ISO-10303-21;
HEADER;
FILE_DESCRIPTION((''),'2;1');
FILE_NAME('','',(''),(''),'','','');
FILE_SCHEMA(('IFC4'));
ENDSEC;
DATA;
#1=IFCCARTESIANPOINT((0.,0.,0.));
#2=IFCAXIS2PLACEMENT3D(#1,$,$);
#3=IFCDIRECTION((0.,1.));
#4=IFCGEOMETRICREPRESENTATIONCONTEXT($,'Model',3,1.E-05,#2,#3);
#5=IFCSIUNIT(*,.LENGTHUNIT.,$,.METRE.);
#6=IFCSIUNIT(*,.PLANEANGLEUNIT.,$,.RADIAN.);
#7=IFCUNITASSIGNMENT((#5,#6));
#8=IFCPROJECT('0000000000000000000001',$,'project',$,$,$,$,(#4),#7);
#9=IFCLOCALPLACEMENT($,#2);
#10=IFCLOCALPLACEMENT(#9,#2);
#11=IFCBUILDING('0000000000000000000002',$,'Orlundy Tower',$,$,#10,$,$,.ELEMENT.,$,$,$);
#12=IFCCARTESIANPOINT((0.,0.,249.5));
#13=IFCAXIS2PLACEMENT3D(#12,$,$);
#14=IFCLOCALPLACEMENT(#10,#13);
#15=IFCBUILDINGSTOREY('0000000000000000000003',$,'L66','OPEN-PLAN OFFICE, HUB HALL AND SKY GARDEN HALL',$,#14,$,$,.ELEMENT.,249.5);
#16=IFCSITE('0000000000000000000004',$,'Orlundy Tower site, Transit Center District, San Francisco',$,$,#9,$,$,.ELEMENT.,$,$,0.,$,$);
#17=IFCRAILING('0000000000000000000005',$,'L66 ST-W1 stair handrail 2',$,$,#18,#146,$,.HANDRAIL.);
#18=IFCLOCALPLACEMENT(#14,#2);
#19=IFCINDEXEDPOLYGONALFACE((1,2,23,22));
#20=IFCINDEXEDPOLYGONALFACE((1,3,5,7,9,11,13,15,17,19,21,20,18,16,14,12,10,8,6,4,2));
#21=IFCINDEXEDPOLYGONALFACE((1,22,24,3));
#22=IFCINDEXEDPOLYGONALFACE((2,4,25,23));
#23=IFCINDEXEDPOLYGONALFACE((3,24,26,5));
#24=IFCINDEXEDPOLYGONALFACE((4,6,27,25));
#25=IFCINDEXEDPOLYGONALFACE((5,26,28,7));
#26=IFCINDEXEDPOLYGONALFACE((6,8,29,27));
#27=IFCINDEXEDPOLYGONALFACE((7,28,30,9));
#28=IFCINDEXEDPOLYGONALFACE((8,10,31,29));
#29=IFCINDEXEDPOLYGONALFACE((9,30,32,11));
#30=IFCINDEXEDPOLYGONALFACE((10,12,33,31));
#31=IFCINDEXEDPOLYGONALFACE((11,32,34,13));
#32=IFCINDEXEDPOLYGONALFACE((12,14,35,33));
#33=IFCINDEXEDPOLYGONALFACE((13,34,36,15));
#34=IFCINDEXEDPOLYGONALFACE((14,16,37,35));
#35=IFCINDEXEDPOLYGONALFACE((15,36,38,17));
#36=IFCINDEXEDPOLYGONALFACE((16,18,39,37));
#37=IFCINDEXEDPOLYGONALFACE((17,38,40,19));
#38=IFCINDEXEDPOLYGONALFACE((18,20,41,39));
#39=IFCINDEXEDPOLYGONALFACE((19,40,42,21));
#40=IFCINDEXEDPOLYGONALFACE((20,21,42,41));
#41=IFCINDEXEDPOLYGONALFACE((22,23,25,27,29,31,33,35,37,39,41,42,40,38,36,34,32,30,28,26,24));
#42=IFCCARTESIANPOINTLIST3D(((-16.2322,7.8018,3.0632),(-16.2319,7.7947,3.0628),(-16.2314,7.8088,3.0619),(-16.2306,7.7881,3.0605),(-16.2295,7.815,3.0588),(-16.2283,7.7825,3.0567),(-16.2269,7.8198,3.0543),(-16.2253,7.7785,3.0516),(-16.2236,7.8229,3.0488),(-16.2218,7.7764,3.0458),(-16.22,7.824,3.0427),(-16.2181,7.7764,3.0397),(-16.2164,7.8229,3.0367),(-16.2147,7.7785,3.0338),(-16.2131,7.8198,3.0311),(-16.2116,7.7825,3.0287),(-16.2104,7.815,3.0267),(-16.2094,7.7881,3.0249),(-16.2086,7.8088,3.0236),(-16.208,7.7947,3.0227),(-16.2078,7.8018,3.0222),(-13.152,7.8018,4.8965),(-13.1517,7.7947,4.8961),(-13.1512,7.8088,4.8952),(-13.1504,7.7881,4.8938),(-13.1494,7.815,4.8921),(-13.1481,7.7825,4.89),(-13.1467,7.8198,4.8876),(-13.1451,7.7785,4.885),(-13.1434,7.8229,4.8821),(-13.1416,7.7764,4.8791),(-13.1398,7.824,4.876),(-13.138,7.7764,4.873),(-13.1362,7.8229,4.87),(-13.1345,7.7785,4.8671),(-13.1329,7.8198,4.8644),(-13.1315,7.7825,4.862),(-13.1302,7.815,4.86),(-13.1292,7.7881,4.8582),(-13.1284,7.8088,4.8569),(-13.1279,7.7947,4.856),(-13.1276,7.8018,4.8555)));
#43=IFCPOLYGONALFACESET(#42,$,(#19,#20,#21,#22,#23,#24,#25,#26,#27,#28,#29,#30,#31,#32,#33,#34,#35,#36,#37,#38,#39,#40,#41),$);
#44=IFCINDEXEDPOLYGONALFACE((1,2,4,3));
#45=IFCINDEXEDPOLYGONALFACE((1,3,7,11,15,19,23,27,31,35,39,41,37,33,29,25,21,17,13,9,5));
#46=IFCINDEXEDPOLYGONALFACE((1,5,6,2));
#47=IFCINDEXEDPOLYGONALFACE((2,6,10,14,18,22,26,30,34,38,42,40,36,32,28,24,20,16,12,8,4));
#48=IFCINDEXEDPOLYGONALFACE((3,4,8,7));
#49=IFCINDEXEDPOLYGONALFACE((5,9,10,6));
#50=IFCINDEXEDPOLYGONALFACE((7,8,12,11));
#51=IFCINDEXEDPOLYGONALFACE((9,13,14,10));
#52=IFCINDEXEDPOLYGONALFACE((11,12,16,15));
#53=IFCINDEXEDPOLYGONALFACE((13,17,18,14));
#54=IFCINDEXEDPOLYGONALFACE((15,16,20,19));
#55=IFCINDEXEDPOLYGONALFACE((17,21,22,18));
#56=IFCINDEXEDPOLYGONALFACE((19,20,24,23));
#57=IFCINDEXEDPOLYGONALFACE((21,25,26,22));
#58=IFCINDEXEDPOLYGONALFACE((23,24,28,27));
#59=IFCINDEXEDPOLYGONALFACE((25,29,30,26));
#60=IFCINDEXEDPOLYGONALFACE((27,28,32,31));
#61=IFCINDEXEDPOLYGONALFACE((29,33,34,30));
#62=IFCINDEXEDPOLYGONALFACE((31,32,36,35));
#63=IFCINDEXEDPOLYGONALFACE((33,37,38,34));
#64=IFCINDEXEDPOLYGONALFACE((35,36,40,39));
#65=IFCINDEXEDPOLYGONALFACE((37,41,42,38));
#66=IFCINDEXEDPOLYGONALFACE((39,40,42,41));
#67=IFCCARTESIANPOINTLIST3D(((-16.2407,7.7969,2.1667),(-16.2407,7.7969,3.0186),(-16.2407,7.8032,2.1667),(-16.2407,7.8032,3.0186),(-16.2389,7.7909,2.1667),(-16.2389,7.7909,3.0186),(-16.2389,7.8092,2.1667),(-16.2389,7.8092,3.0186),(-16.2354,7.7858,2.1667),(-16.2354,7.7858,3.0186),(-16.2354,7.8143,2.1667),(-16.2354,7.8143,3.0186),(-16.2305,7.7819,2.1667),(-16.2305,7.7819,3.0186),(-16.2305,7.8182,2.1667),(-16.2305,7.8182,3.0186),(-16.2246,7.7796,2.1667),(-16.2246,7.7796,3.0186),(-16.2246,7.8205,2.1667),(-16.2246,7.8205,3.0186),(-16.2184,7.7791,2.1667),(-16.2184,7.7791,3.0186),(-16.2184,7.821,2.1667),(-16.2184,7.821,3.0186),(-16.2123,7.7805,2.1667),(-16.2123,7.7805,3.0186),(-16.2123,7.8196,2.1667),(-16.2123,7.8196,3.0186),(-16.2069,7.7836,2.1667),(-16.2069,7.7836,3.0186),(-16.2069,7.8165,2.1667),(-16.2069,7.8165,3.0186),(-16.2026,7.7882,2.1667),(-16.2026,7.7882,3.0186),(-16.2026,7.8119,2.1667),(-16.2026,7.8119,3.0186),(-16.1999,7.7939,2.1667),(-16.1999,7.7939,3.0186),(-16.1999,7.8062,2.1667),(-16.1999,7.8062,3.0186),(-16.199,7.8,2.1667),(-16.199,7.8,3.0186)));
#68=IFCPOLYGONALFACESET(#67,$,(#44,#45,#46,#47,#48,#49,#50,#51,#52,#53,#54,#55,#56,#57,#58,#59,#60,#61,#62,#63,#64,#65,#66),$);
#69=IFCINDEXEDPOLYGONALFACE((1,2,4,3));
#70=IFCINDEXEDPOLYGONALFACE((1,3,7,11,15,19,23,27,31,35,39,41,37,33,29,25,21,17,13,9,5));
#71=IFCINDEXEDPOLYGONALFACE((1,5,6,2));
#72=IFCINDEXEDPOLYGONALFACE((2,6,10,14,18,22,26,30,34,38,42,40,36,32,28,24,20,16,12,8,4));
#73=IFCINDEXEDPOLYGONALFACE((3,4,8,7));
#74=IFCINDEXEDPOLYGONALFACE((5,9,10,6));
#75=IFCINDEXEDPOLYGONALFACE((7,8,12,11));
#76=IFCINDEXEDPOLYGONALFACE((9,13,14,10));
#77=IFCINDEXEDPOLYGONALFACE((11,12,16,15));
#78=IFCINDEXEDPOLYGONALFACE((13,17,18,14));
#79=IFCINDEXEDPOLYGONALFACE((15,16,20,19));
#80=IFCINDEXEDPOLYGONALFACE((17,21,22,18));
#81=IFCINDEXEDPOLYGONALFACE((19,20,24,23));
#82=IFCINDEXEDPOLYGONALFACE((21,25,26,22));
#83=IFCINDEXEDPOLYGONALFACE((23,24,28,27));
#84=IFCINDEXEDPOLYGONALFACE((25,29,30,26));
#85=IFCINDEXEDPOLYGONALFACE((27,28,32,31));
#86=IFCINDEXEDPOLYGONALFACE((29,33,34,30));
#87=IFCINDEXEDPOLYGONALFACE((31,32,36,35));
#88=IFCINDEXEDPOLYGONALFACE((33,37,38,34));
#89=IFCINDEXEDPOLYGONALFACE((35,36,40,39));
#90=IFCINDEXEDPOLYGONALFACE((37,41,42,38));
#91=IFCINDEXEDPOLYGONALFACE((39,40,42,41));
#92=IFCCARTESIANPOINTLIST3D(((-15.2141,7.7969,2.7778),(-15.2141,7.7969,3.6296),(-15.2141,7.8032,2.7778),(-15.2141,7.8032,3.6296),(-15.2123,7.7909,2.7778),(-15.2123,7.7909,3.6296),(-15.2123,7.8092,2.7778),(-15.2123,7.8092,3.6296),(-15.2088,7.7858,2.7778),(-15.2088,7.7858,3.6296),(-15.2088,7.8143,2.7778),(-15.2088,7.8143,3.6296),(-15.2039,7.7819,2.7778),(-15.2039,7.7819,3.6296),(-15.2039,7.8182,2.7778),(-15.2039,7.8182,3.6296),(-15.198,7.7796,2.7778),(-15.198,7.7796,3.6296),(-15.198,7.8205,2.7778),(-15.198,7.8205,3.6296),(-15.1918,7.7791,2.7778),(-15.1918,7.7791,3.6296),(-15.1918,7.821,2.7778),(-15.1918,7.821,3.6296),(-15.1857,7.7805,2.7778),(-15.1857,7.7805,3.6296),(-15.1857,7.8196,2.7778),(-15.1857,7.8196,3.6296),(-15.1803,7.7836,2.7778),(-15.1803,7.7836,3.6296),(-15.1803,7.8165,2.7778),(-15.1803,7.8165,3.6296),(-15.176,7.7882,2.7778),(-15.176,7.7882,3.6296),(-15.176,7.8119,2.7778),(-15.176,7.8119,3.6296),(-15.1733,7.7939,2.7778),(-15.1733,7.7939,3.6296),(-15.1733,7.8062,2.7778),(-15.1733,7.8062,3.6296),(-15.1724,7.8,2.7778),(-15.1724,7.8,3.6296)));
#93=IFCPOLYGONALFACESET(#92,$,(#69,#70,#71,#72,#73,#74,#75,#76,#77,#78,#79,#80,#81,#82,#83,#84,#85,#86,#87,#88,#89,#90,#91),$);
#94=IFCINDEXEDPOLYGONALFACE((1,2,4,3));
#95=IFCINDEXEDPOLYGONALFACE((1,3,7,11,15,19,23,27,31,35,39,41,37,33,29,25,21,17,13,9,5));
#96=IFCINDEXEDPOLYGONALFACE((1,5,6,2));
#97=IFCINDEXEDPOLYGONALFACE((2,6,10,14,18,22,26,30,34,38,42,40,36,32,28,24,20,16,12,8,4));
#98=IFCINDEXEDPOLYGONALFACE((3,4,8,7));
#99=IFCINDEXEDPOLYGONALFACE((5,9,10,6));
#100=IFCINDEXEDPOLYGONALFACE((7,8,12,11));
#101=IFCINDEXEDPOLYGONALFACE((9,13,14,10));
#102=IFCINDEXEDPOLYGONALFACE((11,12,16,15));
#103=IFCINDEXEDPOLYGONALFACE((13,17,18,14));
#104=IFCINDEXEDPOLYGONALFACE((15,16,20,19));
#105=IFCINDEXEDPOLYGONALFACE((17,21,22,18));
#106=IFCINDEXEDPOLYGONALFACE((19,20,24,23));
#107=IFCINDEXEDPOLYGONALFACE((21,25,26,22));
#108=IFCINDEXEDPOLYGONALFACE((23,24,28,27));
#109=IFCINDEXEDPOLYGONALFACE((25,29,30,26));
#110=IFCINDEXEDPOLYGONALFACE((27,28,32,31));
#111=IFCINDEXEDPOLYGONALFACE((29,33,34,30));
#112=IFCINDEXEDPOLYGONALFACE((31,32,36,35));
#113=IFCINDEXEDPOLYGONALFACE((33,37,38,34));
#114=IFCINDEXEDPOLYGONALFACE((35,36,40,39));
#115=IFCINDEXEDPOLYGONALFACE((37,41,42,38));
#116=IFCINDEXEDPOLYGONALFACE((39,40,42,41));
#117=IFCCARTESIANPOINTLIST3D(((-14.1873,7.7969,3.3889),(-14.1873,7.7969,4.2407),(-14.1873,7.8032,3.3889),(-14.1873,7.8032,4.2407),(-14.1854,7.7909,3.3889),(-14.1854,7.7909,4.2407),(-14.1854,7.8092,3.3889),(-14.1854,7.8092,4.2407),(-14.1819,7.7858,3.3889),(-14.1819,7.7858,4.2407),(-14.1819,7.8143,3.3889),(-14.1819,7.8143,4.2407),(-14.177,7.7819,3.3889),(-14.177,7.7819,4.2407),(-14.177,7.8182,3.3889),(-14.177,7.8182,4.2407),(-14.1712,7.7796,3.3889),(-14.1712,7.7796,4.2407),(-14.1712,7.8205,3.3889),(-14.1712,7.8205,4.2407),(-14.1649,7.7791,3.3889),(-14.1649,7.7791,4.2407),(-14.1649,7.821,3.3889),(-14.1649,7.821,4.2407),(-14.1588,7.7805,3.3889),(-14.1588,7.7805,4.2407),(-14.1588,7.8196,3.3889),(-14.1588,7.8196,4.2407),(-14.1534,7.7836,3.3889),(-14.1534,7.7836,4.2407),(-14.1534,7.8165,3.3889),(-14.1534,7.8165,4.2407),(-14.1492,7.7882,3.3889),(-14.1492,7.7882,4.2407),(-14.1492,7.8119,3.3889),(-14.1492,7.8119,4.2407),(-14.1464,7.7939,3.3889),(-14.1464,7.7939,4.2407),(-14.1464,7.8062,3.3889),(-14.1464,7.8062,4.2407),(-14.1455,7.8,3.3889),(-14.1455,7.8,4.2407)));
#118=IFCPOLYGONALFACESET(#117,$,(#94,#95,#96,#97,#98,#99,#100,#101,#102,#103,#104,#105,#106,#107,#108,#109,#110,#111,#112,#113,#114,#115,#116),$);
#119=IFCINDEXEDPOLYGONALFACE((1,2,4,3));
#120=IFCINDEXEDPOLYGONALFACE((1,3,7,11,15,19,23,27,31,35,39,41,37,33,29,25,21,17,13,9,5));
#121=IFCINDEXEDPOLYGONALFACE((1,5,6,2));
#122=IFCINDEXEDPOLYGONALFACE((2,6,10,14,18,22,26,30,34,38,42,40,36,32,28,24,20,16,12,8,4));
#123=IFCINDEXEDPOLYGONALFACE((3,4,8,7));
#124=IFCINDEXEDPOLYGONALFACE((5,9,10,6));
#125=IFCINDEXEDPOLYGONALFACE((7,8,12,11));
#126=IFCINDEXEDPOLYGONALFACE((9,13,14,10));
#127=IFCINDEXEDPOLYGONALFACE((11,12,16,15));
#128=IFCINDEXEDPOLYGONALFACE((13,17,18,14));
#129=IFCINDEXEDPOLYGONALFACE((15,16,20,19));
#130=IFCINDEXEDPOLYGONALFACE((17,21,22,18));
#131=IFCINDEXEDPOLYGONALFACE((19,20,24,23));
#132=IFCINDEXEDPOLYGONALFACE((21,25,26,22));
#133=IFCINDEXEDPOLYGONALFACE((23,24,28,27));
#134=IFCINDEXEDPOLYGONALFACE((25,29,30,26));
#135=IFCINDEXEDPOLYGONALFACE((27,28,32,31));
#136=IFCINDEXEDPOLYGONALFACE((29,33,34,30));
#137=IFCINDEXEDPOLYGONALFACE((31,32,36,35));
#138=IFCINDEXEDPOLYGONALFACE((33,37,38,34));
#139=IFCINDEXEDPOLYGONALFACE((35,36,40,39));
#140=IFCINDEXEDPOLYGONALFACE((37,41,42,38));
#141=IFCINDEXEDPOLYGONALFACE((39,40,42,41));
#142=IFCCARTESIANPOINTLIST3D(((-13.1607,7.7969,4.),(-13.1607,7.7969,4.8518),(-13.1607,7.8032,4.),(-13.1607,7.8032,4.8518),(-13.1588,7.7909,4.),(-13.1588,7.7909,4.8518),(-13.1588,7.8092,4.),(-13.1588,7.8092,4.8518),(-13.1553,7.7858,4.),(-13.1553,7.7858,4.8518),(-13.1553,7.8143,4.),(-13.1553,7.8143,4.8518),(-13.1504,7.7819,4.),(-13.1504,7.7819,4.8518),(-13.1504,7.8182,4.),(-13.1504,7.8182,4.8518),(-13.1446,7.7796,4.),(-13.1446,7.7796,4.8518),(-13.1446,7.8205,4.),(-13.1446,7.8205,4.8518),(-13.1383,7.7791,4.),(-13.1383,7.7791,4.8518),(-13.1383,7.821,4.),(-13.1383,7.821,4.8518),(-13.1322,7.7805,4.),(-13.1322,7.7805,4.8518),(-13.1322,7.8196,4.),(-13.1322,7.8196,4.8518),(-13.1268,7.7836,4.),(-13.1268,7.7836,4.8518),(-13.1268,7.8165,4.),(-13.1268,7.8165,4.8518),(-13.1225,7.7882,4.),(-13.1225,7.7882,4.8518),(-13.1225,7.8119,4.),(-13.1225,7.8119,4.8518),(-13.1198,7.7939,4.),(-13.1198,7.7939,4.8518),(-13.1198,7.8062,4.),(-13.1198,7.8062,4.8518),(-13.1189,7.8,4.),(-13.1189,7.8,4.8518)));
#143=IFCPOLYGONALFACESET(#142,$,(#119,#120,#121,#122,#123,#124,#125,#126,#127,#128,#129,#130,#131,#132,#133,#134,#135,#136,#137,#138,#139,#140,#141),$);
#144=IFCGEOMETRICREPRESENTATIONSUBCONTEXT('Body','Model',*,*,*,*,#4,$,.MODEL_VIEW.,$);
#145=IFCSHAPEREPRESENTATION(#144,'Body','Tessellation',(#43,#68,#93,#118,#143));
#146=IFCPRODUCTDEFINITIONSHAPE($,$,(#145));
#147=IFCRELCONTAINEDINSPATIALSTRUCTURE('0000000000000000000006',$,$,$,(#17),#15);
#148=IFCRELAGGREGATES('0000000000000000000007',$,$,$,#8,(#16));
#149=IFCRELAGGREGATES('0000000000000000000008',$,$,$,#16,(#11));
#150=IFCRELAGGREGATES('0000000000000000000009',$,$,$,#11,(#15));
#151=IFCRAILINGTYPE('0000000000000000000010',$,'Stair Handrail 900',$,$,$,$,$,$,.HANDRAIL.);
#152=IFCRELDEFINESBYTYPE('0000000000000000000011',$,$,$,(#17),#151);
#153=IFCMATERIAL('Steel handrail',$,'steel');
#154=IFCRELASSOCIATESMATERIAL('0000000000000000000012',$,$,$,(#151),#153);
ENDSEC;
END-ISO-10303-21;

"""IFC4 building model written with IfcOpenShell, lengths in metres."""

from ifc_helpers import new_model, si_unit, direction, frame, origin, origin_2d, place, context, subcontext, project, spatial, circle, extrude, material, type_object, element, save


model = new_model("IFC4")

# Units and contexts
model_context = context("Model", 3, precision=1e-05, world=origin(), true_north=direction((0.0, 1.0)))
body_context = subcontext(model_context, "Body", "Model", "MODEL_VIEW")
ifc_project = project(units=[si_unit("LENGTHUNIT", "METRE"), si_unit("PLANEANGLEUNIT", "RADIAN")], contexts=[model_context])

# Site, building, storey
site_placement = place(None, origin())
site = spatial("IfcSite", under=ifc_project, at=site_placement, Name="Orlundy Tower site, Transit Center District, San Francisco", CompositionType="ELEMENT", RefElevation=0.0)
building_placement = place(site_placement, origin())
building = spatial("IfcBuilding", under=site, at=building_placement, Name="Orlundy Tower", CompositionType="ELEMENT")
storey_placement = place(building_placement, frame((0.0, 0.0, 249.5)))
storey = spatial("IfcBuildingStorey", under=building, at=storey_placement, Name="L66", Description="OPEN-PLAN OFFICE, HUB HALL AND SKY GARDEN HALL", CompositionType="ELEMENT", Elevation=249.5)

# Railing
ifc_material_1 = material(Name="Steel handrail", Category="steel")
railing_type_1 = type_object("IfcRailingType", Name="Stair Handrail 900", PredefinedType="HANDRAIL", material=ifc_material_1)
railing_1_placement = place(storey_placement, frame((-16.22, 7.8, 2.1667)))
element("IfcRailing", 1, at=railing_1_placement, inside=storey, type_object=railing_type_1, Name="L66 ST-W1 stair handrail 2", PredefinedType="HANDRAIL", context=body_context, shape_type="SweptSolid", body=[
    extrude(circle(Radius=0.0239, at=origin_2d()), frame((0.0, 0.0, 0.876), z_axis=(0.859309, 0.0, 0.511458), x_axis=(0.0, 1.0, 0.0)), (0.0, 0.0, 1.0), 3.5845),
    extrude(circle(Radius=0.021, at=origin_2d()), origin(), (0.0, 0.0, 1.0), 0.8518),
    extrude(circle(Radius=0.021, at=origin_2d()), frame((1.0266, 0.0, 0.6111)), (0.0, 0.0, 1.0), 0.8518),
    extrude(circle(Radius=0.021, at=origin_2d()), frame((2.0535, 0.0, 1.2222)), (0.0, 0.0, 1.0), 0.8518),
    extrude(circle(Radius=0.021, at=origin_2d()), frame((3.0801, 0.0, 1.8333)), (0.0, 0.0, 1.0), 0.8518),
])

save(model, "model.ifc")
